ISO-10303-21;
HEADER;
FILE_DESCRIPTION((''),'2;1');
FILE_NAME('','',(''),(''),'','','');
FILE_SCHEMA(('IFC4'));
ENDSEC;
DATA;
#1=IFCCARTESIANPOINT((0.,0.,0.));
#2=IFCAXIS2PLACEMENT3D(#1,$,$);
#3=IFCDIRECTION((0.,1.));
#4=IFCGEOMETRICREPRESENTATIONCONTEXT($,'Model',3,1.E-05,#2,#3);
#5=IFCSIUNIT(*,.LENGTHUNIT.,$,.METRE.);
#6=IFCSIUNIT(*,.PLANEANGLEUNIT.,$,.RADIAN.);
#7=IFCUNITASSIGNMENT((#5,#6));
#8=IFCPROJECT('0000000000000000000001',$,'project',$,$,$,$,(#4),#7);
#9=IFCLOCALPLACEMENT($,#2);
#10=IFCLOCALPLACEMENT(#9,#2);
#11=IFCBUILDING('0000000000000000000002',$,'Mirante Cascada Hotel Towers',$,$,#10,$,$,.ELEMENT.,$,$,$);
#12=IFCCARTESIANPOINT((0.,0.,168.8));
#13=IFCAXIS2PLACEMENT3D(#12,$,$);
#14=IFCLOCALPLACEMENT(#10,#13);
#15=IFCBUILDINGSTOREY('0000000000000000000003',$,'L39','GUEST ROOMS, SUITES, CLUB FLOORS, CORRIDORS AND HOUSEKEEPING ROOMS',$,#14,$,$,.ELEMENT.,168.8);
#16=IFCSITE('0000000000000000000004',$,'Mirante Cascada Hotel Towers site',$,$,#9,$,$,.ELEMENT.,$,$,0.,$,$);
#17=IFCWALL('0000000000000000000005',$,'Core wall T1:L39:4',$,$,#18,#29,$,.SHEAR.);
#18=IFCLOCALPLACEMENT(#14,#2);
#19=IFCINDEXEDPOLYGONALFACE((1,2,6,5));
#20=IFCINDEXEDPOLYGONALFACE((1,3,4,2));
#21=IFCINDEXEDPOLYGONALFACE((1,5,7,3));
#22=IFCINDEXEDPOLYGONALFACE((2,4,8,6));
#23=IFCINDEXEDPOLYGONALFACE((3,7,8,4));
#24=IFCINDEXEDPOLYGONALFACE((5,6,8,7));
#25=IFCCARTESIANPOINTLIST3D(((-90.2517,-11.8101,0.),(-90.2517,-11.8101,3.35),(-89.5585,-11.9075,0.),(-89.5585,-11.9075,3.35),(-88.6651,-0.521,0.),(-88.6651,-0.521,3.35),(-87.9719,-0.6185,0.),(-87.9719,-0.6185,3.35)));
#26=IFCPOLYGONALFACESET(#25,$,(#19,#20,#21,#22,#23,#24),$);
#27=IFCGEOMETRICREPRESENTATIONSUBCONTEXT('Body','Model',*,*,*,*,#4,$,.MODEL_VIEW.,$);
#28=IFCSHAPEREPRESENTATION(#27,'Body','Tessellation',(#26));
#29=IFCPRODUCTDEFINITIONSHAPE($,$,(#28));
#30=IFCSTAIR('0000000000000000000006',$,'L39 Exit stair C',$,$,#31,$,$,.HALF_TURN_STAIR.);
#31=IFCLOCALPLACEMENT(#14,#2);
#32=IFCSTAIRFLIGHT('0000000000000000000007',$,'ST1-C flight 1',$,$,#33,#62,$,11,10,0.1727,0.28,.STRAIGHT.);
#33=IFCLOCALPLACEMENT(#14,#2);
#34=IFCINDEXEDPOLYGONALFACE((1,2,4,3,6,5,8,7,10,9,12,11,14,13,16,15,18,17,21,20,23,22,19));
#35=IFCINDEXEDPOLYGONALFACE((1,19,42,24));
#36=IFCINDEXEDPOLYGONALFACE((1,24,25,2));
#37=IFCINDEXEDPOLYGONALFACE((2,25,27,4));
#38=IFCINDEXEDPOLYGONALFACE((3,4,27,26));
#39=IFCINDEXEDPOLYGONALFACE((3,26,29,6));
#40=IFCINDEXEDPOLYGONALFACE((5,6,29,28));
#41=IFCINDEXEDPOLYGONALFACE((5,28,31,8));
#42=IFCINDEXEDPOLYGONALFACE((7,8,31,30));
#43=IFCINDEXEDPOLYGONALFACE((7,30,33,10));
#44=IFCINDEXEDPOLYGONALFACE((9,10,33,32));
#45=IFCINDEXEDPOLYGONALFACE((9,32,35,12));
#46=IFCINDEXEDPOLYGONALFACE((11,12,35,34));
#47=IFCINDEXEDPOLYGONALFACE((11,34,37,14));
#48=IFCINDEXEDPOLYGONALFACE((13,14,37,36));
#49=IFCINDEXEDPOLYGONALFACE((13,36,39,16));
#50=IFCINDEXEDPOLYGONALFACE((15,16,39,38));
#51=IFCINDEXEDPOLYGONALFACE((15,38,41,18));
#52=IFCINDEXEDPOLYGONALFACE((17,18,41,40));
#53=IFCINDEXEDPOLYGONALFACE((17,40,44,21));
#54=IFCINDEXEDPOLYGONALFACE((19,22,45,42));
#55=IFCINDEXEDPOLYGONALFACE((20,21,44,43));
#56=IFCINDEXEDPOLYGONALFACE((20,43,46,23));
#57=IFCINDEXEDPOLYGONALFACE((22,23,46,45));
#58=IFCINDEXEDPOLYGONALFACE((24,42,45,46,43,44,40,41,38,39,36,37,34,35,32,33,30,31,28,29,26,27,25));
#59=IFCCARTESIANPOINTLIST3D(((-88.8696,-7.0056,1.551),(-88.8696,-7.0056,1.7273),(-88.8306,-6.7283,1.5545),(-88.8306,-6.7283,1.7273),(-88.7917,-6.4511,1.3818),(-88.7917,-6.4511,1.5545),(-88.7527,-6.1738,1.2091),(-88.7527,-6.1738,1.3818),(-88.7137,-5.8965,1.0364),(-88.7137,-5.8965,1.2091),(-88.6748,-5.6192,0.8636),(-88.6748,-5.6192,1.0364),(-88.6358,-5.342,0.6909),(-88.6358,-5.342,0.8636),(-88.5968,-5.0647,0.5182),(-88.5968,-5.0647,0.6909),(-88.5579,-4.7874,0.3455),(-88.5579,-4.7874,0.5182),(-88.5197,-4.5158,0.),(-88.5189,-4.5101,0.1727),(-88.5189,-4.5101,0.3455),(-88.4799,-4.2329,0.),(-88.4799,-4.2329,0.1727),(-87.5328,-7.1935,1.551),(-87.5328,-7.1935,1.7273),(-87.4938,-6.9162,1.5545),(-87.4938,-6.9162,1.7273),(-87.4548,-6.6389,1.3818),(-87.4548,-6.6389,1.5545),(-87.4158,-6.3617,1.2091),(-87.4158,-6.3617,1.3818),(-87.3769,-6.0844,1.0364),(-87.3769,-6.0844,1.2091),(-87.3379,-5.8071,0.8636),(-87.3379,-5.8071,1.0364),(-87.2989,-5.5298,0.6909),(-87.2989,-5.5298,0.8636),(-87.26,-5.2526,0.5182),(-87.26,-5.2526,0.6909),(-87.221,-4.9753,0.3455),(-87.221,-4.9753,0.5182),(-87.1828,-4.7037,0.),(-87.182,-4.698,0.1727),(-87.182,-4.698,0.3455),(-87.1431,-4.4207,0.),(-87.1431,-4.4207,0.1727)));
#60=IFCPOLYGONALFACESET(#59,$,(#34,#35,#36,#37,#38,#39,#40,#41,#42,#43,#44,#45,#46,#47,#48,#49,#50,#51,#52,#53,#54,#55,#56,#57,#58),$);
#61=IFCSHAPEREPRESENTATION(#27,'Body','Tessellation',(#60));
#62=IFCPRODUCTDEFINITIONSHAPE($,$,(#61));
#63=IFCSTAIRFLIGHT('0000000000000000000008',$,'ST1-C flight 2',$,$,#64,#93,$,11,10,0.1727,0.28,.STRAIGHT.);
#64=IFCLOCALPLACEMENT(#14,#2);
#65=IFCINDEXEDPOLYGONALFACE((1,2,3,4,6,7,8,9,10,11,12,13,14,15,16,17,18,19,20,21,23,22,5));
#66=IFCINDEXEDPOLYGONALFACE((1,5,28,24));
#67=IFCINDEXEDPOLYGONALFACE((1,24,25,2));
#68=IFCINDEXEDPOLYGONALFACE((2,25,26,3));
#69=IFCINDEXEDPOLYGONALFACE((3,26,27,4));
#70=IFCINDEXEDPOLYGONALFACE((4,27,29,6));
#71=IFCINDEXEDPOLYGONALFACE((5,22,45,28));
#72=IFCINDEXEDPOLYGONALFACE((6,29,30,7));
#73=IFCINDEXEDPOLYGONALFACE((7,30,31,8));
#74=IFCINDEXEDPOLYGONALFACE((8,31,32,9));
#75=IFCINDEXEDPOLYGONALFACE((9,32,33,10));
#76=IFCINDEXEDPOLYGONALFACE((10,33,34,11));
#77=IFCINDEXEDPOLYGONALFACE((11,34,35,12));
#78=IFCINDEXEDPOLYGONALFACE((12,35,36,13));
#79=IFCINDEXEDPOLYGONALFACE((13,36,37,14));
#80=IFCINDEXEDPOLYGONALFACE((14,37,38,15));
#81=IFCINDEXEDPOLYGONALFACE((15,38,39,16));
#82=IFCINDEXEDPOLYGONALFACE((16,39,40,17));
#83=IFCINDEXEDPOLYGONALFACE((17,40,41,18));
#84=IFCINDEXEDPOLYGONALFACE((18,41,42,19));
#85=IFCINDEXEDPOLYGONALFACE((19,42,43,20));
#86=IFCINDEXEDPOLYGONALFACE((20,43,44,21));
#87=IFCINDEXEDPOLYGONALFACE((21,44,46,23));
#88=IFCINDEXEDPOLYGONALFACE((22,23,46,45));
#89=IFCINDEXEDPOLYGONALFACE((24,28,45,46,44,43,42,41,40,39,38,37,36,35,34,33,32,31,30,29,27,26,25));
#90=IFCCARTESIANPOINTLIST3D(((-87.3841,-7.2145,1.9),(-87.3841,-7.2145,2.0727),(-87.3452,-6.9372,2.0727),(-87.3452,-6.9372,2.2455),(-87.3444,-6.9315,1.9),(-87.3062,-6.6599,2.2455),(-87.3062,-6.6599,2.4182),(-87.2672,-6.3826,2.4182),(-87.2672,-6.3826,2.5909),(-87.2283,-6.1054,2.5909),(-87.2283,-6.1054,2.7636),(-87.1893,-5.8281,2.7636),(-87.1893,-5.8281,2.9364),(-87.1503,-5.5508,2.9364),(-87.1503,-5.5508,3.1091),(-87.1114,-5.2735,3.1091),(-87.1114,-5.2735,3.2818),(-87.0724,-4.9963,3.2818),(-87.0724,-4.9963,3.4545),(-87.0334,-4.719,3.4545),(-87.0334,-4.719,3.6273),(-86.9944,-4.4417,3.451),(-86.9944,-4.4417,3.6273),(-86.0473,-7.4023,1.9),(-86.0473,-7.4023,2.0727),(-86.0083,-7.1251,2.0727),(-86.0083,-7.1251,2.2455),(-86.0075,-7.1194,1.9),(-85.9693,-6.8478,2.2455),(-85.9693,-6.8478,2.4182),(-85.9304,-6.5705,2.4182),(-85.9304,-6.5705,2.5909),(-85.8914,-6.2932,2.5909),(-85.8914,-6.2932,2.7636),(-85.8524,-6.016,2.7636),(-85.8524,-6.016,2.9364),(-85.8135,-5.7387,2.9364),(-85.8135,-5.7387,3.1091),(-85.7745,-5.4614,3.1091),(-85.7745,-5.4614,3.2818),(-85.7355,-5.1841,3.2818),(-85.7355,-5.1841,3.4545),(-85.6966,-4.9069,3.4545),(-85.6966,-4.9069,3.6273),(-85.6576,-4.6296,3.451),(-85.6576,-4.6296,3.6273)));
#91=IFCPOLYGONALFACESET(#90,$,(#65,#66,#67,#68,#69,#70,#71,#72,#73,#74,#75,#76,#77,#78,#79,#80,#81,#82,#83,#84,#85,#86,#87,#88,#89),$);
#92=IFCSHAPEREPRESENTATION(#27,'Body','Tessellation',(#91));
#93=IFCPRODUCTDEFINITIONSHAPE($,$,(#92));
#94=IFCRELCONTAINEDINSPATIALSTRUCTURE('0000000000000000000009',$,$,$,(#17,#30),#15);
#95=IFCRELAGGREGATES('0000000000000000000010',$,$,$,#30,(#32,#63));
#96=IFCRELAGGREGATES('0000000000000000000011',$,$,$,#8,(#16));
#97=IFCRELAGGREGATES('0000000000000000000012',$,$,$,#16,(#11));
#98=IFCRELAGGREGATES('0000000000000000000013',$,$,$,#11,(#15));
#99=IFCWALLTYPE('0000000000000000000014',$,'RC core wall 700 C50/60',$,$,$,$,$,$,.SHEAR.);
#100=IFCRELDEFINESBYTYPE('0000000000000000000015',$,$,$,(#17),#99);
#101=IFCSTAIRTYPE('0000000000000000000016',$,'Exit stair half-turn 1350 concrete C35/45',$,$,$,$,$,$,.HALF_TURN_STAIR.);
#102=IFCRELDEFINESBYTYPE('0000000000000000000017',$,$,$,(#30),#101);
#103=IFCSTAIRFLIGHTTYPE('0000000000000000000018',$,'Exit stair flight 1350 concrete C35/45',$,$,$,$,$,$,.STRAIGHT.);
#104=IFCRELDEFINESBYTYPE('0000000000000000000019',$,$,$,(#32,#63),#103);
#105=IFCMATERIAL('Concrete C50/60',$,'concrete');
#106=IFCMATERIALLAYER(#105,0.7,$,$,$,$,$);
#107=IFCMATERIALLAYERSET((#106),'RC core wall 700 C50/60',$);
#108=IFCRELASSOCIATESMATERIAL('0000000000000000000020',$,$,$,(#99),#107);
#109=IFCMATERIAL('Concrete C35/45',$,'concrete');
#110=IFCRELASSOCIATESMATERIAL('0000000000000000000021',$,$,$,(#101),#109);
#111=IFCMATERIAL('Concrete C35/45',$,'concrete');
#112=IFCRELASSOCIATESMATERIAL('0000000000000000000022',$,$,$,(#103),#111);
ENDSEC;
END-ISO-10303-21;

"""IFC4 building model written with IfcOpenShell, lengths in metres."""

from ifc_helpers import new_model, si_unit, direction, frame, frame_2d, origin, place, context, subcontext, project, spatial, polyline, rectangle, outline, extrude, material, layer, layer_set, type_object, element, aggregate, save


model = new_model("IFC4")

# Units and contexts
model_context = context("Model", 3, precision=1e-05, world=origin(), true_north=direction((0.0, 1.0)))
body_context = subcontext(model_context, "Body", "Model", "MODEL_VIEW")
ifc_project = project(units=[si_unit("LENGTHUNIT", "METRE"), si_unit("PLANEANGLEUNIT", "RADIAN")], contexts=[model_context])

# Site, building, storey
site_placement = place(None, origin())
site = spatial("IfcSite", under=ifc_project, at=site_placement, Name="Mirante Cascada Hotel Towers site", CompositionType="ELEMENT", RefElevation=0.0)
building_placement = place(site_placement, origin())
building = spatial("IfcBuilding", under=site, at=building_placement, Name="Mirante Cascada Hotel Towers", CompositionType="ELEMENT")
storey_placement = place(building_placement, frame((0.0, 0.0, 168.8)))
storey = spatial("IfcBuildingStorey", under=building, at=storey_placement, Name="L39", Description="GUEST ROOMS, SUITES, CLUB FLOORS, CORRIDORS AND HOUSEKEEPING ROOMS", CompositionType="ELEMENT", Elevation=168.8)

# Wall
ifc_material_1 = material(Name="Concrete C50/60", Category="concrete")
ifc_layer_1 = layer(ifc_material_1, 0.7)
ifc_layer_set_1 = layer_set([ifc_layer_1], Name="RC core wall 700 C50/60")
wall_type_1 = type_object("IfcWallType", Name="RC core wall 700 C50/60", PredefinedType="SHEAR", material=ifc_layer_set_1)
wall_1_placement = place(storey_placement, frame((-89.9051, -11.8588, 0.0), z_axis=(0.0, 0.0, 1.0), x_axis=(0.139175, 0.990268, 0.0)))
element("IfcWall", 1, at=wall_1_placement, inside=storey, type_object=wall_type_1, Name="Core wall T1:L39:4", PredefinedType="SHEAR", context=body_context, shape_type="SweptSolid", body=[
    extrude(rectangle(XDim=11.4, YDim=0.7, at=frame_2d((5.7, 0.0))), origin(), (0.0, 0.0, 1.0), 3.35),
])

# Stair, stair flights
ifc_material_2 = material(Name="Concrete C35/45", Category="concrete")
stair_type = type_object("IfcStairType", Name="Exit stair half-turn 1350 concrete C35/45", PredefinedType="HALF_TURN_STAIR", material=ifc_material_2)
stair_placement = place(storey_placement, origin())
stair = element("IfcStair", 2, at=stair_placement, inside=storey, type_object=stair_type, Name="L39 Exit stair C", PredefinedType="HALF_TURN_STAIR")
ifc_material_3 = material(Name="Concrete C35/45", Category="concrete")
stair_flight_type = type_object("IfcStairFlightType", Name="Exit stair flight 1350 concrete C35/45", PredefinedType="STRAIGHT", material=ifc_material_3)
stair_flight_1_placement = place(storey_placement, frame((-87.8115, -4.3268, 0.0), z_axis=(0.0, 0.0, 1.0), x_axis=(-0.139173, -0.990268, 0.0)))
stair_flight_1 = element("IfcStairFlight", 3, at=stair_flight_1_placement, type_object=stair_flight_type, Name="ST1-C flight 1", NumberOfRisers=11, NumberOfTreads=10, PredefinedType="STRAIGHT", RiserHeight=0.1727, TreadLength=0.28, context=body_context, shape_type="SweptSolid", body=[
    extrude(outline(polyline([(0.0, 0.0), (0.0, 0.1727), (0.28, 0.1727), (0.28, 0.3455), (0.56, 0.3455), (0.56, 0.5182), (0.84, 0.5182), (0.84, 0.6909), (1.12, 0.6909), (1.12, 0.8636), (1.4, 0.8636), (1.4, 1.0364), (1.68, 1.0364), (1.68, 1.2091), (1.96, 1.2091), (1.96, 1.3818), (2.24, 1.3818), (2.24, 1.5545), (2.52, 1.5545), (2.52, 1.7273), (2.8, 1.7273), (2.8, 1.9), (2.8, 1.551), (0.2857, 0.0), (0.0, 0.0)])), frame((0.0, 0.675, 0.0), z_axis=(0.0, -1.0, 0.0), x_axis=(1.0, 0.0, 0.0)), (0.0, 0.0, 1.0), 1.35),
])
stair_flight_2_placement = place(storey_placement, frame((-86.7157, -7.3084, 1.9), z_axis=(0.0, 0.0, 1.0), x_axis=(0.139173, 0.990268, 0.0)))
stair_flight_2 = element("IfcStairFlight", 4, at=stair_flight_2_placement, type_object=stair_flight_type, Name="ST1-C flight 2", NumberOfRisers=11, NumberOfTreads=10, PredefinedType="STRAIGHT", RiserHeight=0.1727, TreadLength=0.28, context=body_context, shape_type="SweptSolid", body=[
    extrude(outline(polyline([(0.0, 0.0), (0.0, 0.1727), (0.28, 0.1727), (0.28, 0.3455), (0.56, 0.3455), (0.56, 0.5182), (0.84, 0.5182), (0.84, 0.6909), (1.12, 0.6909), (1.12, 0.8636), (1.4, 0.8636), (1.4, 1.0364), (1.68, 1.0364), (1.68, 1.2091), (1.96, 1.2091), (1.96, 1.3818), (2.24, 1.3818), (2.24, 1.5545), (2.52, 1.5545), (2.52, 1.7273), (2.8, 1.7273), (2.8, 1.9), (2.8, 1.551), (0.2857, 0.0), (0.0, 0.0)])), frame((0.0, 0.675, 0.0), z_axis=(0.0, -1.0, 0.0), x_axis=(1.0, 0.0, 0.0)), (0.0, 0.0, 1.0), 1.35),
])
aggregate(stair, [stair_flight_1, stair_flight_2])

save(model, "model.ifc")
